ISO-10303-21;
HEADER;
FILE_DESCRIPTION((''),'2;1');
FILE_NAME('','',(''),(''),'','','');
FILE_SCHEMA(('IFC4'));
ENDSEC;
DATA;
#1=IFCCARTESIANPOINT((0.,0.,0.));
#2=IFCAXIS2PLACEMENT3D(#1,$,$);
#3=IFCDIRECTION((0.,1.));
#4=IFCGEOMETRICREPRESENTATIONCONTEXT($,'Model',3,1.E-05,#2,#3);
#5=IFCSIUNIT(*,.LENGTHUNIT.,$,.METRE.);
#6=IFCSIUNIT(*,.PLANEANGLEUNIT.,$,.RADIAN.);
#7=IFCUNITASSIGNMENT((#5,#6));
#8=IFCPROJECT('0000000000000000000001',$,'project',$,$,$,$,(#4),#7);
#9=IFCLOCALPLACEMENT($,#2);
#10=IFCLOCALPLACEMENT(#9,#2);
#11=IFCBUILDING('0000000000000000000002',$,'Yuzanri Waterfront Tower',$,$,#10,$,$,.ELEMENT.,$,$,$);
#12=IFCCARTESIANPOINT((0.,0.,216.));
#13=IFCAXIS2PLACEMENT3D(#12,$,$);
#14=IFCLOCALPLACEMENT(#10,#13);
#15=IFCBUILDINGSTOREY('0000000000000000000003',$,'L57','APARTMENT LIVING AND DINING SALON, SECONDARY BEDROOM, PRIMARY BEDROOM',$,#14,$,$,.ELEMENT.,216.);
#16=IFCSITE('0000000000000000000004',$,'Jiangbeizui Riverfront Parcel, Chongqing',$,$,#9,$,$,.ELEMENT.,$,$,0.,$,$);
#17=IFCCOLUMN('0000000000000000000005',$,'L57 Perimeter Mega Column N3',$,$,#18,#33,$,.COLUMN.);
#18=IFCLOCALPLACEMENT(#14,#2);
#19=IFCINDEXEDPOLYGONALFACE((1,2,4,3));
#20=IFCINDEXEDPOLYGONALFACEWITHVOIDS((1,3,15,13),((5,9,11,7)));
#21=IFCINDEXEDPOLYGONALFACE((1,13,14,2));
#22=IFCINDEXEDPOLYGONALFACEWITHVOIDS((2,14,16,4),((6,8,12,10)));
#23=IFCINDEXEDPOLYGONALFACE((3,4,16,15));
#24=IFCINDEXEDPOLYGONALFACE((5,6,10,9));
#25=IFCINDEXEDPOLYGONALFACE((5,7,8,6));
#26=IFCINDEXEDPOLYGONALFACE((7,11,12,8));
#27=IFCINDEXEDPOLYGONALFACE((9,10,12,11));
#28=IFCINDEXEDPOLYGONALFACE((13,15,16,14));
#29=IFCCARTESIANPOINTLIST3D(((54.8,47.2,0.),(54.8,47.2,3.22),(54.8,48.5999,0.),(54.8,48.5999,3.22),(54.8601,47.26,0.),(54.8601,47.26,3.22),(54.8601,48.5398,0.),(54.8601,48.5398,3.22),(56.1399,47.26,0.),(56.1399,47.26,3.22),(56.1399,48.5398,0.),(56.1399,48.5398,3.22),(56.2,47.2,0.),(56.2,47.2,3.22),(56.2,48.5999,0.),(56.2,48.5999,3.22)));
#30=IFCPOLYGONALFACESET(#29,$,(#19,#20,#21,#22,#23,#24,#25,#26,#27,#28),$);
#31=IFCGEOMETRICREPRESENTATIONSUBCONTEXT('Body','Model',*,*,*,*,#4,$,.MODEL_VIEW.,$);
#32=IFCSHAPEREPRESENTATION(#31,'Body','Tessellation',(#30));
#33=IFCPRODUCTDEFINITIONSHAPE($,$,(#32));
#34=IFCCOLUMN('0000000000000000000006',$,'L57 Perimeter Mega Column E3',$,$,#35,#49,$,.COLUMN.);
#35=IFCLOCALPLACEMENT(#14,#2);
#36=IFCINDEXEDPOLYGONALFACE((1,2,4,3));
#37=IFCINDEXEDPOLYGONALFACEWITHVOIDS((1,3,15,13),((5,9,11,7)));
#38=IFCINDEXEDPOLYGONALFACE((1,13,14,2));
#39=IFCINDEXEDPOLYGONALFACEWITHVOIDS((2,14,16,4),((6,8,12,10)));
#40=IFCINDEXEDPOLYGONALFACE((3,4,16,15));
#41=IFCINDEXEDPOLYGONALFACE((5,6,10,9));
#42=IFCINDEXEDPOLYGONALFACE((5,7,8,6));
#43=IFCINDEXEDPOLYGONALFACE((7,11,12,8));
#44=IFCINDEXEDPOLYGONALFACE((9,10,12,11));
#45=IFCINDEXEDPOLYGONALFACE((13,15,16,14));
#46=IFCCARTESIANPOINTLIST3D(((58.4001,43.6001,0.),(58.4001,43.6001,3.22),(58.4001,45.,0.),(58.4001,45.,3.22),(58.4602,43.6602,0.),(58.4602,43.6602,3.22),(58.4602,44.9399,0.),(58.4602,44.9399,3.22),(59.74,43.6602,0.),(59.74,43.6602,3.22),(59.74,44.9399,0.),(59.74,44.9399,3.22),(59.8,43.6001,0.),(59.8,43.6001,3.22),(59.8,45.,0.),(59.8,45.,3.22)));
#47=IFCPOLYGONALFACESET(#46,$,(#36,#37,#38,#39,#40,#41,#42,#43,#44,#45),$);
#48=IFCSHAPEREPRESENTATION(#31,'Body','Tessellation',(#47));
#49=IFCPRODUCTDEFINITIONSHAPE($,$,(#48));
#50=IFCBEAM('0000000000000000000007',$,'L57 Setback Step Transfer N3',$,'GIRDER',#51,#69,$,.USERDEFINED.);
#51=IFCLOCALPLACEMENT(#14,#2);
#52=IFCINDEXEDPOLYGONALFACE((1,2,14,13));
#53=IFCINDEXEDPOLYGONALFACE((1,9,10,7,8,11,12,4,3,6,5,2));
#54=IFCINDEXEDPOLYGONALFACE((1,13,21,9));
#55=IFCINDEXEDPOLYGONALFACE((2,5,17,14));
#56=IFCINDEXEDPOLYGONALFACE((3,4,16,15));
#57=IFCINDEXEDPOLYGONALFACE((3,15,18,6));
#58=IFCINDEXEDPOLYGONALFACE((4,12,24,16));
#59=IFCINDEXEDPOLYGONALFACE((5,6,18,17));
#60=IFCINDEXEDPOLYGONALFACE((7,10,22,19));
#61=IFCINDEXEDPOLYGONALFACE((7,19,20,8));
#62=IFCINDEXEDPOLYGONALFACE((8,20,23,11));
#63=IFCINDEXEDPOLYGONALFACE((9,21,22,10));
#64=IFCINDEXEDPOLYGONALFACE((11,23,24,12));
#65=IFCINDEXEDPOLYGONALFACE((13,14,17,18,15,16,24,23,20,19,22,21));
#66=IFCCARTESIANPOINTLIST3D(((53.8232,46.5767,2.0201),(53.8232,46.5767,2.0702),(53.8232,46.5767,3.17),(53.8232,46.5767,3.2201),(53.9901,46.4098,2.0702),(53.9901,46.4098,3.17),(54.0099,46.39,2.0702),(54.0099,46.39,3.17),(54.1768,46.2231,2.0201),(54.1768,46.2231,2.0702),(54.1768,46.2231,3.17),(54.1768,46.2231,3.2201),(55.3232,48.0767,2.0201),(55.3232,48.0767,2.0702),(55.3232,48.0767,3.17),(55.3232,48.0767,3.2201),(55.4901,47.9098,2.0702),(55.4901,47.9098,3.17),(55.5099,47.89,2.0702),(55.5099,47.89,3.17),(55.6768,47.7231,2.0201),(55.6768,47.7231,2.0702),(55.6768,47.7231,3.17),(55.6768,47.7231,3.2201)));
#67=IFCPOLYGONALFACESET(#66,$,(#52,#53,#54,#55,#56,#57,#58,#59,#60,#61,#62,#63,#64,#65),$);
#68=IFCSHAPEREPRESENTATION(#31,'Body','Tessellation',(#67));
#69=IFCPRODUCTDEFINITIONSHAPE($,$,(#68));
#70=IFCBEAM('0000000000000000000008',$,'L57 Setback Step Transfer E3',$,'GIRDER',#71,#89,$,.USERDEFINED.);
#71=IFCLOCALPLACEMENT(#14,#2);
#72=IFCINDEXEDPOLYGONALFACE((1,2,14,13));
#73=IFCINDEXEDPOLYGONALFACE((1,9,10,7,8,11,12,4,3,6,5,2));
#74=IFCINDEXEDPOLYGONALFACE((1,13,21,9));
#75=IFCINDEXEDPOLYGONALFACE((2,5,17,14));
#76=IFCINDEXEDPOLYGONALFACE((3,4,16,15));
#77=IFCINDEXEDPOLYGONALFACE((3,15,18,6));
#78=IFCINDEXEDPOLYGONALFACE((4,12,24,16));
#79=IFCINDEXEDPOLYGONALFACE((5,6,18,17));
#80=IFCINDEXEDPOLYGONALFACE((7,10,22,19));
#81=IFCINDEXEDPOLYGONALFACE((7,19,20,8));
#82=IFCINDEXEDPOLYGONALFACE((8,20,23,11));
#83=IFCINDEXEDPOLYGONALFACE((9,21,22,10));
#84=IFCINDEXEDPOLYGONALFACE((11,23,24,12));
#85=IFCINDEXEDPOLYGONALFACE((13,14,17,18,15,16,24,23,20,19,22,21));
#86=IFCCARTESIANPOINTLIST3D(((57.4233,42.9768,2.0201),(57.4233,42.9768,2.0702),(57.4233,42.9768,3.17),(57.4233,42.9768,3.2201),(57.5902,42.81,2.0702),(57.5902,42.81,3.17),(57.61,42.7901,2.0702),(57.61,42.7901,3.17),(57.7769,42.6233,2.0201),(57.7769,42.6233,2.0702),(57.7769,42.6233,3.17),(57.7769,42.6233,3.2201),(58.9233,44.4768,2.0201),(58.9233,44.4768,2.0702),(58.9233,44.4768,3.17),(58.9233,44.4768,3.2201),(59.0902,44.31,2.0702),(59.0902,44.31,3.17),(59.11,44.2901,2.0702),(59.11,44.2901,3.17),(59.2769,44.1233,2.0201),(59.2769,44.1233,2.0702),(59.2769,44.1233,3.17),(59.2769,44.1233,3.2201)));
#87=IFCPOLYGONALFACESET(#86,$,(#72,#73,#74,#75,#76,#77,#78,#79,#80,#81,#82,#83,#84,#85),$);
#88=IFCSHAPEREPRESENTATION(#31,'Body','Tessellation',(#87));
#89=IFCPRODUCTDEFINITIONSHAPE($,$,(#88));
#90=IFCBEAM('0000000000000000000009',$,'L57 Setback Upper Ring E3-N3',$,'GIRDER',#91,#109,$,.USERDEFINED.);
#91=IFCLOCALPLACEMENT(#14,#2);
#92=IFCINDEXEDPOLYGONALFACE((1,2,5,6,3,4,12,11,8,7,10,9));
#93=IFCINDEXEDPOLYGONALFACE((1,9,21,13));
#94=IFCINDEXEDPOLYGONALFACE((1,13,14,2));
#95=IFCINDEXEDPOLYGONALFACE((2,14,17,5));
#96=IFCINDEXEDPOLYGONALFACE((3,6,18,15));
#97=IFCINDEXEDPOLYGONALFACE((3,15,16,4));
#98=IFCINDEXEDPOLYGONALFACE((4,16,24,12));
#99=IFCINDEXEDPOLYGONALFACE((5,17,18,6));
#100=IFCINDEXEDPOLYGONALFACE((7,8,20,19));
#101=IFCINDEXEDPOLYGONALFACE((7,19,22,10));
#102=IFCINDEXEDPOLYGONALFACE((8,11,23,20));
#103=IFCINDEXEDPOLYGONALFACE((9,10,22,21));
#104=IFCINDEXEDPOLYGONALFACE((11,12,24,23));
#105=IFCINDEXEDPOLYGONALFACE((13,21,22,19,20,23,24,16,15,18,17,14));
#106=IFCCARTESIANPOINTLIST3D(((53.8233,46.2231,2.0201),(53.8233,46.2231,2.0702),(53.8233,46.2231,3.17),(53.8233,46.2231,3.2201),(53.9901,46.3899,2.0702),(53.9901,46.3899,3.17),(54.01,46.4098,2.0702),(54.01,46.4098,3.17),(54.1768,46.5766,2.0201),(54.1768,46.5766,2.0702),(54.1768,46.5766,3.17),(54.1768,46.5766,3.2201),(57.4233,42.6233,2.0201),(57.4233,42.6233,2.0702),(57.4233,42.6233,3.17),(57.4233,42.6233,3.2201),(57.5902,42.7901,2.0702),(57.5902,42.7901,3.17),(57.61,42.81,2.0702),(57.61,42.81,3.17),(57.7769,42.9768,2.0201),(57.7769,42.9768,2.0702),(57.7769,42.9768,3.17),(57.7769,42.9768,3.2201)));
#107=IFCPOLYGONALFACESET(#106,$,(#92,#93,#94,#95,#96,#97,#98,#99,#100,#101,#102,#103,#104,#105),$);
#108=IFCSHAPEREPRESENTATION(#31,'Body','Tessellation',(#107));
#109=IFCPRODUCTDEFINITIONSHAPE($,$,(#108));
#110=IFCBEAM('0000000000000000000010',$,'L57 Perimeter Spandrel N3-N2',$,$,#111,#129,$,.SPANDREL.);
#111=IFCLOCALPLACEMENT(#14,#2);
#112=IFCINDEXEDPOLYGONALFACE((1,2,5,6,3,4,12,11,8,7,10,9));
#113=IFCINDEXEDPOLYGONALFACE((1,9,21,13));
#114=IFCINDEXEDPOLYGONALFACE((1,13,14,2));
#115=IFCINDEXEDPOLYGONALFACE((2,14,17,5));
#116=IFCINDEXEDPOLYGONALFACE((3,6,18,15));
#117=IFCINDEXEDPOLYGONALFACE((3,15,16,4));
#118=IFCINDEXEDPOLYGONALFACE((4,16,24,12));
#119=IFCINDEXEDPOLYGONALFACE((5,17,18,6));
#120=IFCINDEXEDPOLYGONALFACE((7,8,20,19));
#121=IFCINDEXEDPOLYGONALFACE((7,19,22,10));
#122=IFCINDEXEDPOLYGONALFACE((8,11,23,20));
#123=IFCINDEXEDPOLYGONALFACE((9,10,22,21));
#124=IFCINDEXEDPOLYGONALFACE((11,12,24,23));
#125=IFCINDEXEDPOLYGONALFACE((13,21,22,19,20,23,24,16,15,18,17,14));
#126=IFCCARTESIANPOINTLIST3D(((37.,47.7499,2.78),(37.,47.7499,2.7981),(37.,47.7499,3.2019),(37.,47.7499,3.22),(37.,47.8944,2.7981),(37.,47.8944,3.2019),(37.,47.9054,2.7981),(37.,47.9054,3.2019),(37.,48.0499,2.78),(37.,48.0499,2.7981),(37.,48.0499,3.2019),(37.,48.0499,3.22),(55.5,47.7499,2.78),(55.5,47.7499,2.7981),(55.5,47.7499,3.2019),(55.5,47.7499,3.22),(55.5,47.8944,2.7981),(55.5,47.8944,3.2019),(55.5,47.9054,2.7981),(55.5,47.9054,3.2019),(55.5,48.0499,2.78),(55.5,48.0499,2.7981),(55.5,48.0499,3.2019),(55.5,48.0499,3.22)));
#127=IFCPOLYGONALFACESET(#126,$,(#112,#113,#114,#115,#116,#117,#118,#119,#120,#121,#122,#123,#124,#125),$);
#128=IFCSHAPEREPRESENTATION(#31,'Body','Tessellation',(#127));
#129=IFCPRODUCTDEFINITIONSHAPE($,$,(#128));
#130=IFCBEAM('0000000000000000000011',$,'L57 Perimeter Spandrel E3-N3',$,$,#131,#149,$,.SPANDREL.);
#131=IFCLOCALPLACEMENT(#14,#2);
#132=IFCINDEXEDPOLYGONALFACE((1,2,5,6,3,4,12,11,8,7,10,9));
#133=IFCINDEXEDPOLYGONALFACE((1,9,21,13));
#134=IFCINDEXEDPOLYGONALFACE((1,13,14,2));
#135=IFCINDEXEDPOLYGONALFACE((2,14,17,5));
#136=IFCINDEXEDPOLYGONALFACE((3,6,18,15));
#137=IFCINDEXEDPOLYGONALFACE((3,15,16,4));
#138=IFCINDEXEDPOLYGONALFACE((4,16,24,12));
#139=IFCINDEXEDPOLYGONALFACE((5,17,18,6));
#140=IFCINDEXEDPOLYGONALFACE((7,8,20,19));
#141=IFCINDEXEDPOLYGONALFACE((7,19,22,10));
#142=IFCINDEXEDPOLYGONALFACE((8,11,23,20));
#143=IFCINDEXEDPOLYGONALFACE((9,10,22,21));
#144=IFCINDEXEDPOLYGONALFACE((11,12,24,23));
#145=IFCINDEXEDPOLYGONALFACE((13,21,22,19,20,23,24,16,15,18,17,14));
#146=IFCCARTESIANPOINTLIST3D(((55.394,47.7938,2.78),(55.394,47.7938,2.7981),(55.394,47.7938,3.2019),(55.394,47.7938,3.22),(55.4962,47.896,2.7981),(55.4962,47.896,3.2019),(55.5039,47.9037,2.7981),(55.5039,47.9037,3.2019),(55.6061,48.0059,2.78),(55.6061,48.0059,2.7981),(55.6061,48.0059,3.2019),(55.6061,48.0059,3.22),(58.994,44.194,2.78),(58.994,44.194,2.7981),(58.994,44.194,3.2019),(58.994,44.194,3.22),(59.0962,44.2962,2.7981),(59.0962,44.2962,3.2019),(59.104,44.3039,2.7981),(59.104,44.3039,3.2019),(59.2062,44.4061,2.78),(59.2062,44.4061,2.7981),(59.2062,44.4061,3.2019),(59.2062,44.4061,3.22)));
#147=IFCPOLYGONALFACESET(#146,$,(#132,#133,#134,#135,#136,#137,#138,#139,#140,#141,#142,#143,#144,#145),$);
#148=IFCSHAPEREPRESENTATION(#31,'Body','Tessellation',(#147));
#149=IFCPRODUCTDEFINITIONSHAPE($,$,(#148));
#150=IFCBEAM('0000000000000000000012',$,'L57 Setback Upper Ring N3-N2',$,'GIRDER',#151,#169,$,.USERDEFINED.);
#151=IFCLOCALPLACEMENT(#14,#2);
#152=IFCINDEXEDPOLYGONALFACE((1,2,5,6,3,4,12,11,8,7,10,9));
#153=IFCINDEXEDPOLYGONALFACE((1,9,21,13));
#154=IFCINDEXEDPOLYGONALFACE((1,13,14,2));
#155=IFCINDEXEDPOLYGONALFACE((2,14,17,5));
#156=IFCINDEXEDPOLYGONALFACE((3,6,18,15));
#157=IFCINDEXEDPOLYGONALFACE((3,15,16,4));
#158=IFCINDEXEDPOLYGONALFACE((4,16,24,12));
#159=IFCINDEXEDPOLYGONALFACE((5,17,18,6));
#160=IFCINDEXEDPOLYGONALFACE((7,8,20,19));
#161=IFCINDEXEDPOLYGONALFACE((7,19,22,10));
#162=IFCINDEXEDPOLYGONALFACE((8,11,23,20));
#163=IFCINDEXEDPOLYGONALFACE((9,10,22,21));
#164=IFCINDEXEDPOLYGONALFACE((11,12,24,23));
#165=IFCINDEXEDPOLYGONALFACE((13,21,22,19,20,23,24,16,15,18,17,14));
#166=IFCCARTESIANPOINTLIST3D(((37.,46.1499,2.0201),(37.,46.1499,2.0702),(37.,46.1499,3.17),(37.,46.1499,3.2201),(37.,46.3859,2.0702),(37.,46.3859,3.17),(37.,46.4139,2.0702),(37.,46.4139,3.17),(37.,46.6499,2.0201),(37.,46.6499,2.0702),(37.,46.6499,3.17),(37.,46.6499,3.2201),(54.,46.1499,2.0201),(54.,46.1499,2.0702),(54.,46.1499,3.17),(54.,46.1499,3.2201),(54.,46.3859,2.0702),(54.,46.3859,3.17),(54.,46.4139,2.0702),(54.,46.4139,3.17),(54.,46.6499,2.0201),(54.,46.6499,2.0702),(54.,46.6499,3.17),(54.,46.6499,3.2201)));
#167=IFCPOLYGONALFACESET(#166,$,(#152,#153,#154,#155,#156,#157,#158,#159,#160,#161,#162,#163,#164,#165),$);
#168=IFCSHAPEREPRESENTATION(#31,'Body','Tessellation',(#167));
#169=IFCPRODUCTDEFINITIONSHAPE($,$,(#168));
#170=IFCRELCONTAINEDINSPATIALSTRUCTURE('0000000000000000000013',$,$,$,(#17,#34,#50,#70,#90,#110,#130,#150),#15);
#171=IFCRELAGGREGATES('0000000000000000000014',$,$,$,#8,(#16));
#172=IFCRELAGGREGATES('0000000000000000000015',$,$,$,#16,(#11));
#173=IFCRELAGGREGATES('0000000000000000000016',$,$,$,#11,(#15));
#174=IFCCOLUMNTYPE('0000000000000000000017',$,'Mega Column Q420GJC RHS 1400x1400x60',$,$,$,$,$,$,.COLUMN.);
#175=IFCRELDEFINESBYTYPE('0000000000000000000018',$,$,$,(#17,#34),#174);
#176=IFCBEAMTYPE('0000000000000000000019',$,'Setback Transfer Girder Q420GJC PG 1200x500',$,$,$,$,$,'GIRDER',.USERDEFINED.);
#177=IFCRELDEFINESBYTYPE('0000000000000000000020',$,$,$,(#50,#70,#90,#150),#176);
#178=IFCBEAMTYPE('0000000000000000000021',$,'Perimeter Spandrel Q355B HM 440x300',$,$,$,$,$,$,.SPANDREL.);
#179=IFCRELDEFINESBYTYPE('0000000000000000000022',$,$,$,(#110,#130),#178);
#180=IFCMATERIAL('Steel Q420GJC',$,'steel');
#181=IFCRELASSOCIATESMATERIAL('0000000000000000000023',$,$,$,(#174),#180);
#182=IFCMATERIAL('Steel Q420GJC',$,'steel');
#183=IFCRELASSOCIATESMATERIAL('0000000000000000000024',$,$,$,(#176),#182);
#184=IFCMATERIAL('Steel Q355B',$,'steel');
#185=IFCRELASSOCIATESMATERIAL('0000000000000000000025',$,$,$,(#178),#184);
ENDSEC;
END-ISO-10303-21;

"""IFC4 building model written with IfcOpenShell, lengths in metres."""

from ifc_helpers import new_model, si_unit, direction, frame, origin, origin_2d, place, context, subcontext, project, spatial, hollow_rectangle, i_section, extrude, source, transform, mapped, material, material_profile, profile_set, type_object, element, save


model = new_model("IFC4")

# Units and contexts
model_context = context("Model", 3, precision=1e-05, world=origin(), true_north=direction((0.0, 1.0)))
body_context = subcontext(model_context, "Body", "Model", "MODEL_VIEW")
ifc_project = project(units=[si_unit("LENGTHUNIT", "METRE"), si_unit("PLANEANGLEUNIT", "RADIAN")], contexts=[model_context])

# Site, building, storey
site_placement = place(None, origin())
site = spatial("IfcSite", under=ifc_project, at=site_placement, Name="Jiangbeizui Riverfront Parcel, Chongqing", CompositionType="ELEMENT", RefElevation=0.0)
building_placement = place(site_placement, origin())
building = spatial("IfcBuilding", under=site, at=building_placement, Name="Yuzanri Waterfront Tower", CompositionType="ELEMENT")
storey_placement = place(building_placement, frame((0.0, 0.0, 216.0)))
storey = spatial("IfcBuildingStorey", under=building, at=storey_placement, Name="L57", Description="APARTMENT LIVING AND DINING SALON, SECONDARY BEDROOM, PRIMARY BEDROOM", CompositionType="ELEMENT", Elevation=216.0)

# Columns
ifc_material_1 = material(Name="Steel Q420GJC", Category="steel")
ifc_material_profile_1 = material_profile(ifc_material_1, hollow_rectangle(XDim=1.3999, YDim=1.3999, WallThickness=0.0601, at=origin_2d()), Name="RHS 1400x1400x60")
ifc_profile_set_1 = profile_set([ifc_material_profile_1], Name="Steel Q420GJC")
column_type = type_object("IfcColumnType", Name="Mega Column Q420GJC RHS 1400x1400x60", PredefinedType="COLUMN", material=ifc_profile_set_1)
shared_shape_1 = source(origin(), body_context, "Body", "SweptSolid", [
    extrude(hollow_rectangle(XDim=1.3999, YDim=1.3999, WallThickness=0.0601, at=origin_2d()), origin(), (0.0, 0.0, 1.0), 3.22),
])
for number, where, z_axis, x_axis, name in (
    (1, (55.5, 47.8999, 0.0), (0.0, 0.0, 1.0), (1.0, 0.0, 0.0), "L57 Perimeter Mega Column N3"),
    (2, (59.1001, 44.3, 0.0), (0.0, 0.0, 1.0), (1.0, 0.0, 0.0), "L57 Perimeter Mega Column E3"),
):
    element("IfcColumn", number, at=place(storey_placement, frame(where, z_axis=z_axis, x_axis=x_axis)), inside=storey, type_object=column_type, Name=name, PredefinedType="COLUMN", context=body_context, shape_type="MappedRepresentation", body=[
        mapped(shared_shape_1, transform((0.0, 0.0, 0.0), scale=1.0)),
    ])

# Beams
ifc_material_2 = material(Name="Steel Q420GJC", Category="steel")
ifc_material_profile_2 = material_profile(ifc_material_2, i_section(OverallWidth=0.5, OverallDepth=1.2, WebThickness=0.0281, FlangeThickness=0.05, at=origin_2d()), Name="PG 1200x500x28x50")
ifc_profile_set_2 = profile_set([ifc_material_profile_2], Name="Steel Q420GJC")
beam_type_1 = type_object("IfcBeamType", Name="Setback Transfer Girder Q420GJC PG 1200x500", ElementType="GIRDER", PredefinedType="USERDEFINED", material=ifc_profile_set_2)
shared_shape_2 = source(origin(), body_context, "Body", "SweptSolid", [
    extrude(i_section(OverallWidth=0.5, OverallDepth=1.2, WebThickness=0.0281, FlangeThickness=0.05, at=origin_2d()), origin(), (0.0, 0.0, 1.0), 2.1213),
])
for number, where, z_axis, x_axis, name in (
    (3, (54.0, 46.3999, 2.6201), (0.707107, 0.707107, 0.0), (-0.707107, 0.707107, 0.0), "L57 Setback Step Transfer N3"),
    (4, (57.6001, 42.8, 2.6201), (0.707107, 0.707107, 0.0), (-0.707107, 0.707107, 0.0), "L57 Setback Step Transfer E3"),
):
    element("IfcBeam", number, at=place(storey_placement, frame(where, z_axis=z_axis, x_axis=x_axis)), inside=storey, type_object=beam_type_1, Name=name, ObjectType="GIRDER", PredefinedType="USERDEFINED", context=body_context, shape_type="MappedRepresentation", body=[
        mapped(shared_shape_2, transform((0.0, 0.0, 0.0), scale=1.0)),
    ])
shared_shape_3 = source(origin(), body_context, "Body", "SweptSolid", [
    extrude(i_section(OverallWidth=0.5, OverallDepth=1.2, WebThickness=0.0281, FlangeThickness=0.05, at=origin_2d()), origin(), (0.0, 0.0, 1.0), 5.0911),
])
beam_1_placement = place(storey_placement, frame((57.6001, 42.8, 2.6201), z_axis=(-0.707131, 0.707083, 0.0), x_axis=(-0.707083, -0.707131, 0.0)))
element("IfcBeam", 5, at=beam_1_placement, inside=storey, type_object=beam_type_1, Name="L57 Setback Upper Ring E3-N3", ObjectType="GIRDER", PredefinedType="USERDEFINED", context=body_context, shape_type="MappedRepresentation", body=[
    mapped(shared_shape_3, transform((0.0, 0.0, 0.0), scale=1.0)),
])
ifc_material_3 = material(Name="Steel Q355B", Category="steel")
ifc_material_profile_3 = material_profile(ifc_material_3, i_section(OverallWidth=0.3, OverallDepth=0.4399, WebThickness=0.011, FlangeThickness=0.0181, at=origin_2d()), Name="HM 440x300x11x18")
ifc_profile_set_3 = profile_set([ifc_material_profile_3], Name="Steel Q355B")
beam_type_2 = type_object("IfcBeamType", Name="Perimeter Spandrel Q355B HM 440x300", PredefinedType="SPANDREL", material=ifc_profile_set_3)
shared_shape_4 = source(origin(), body_context, "Body", "SweptSolid", [
    extrude(i_section(OverallWidth=0.3, OverallDepth=0.4399, WebThickness=0.011, FlangeThickness=0.0181, at=origin_2d()), origin(), (0.0, 0.0, 1.0), 18.5),
])
beam_2_placement = place(storey_placement, frame((55.5, 47.8999, 3.0), z_axis=(-1.0, 0.0, 0.0), x_axis=(0.0, -1.0, 0.0)))
element("IfcBeam", 6, at=beam_2_placement, inside=storey, type_object=beam_type_2, Name="L57 Perimeter Spandrel N3-N2", PredefinedType="SPANDREL", context=body_context, shape_type="MappedRepresentation", body=[
    mapped(shared_shape_4, transform((0.0, 0.0, 0.0), scale=1.0)),
])
shared_shape_5 = source(origin(), body_context, "Body", "SweptSolid", [
    extrude(i_section(OverallWidth=0.3, OverallDepth=0.4399, WebThickness=0.011, FlangeThickness=0.0181, at=origin_2d()), origin(), (0.0, 0.0, 1.0), 5.0911),
])
beam_3_placement = place(storey_placement, frame((59.1001, 44.3, 3.0), z_axis=(-0.707131, 0.707083, 0.0), x_axis=(-0.707083, -0.707131, 0.0)))
element("IfcBeam", 7, at=beam_3_placement, inside=storey, type_object=beam_type_2, Name="L57 Perimeter Spandrel E3-N3", PredefinedType="SPANDREL", context=body_context, shape_type="MappedRepresentation", body=[
    mapped(shared_shape_5, transform((0.0, 0.0, 0.0), scale=1.0)),
])
shared_shape_6 = source(origin(), body_context, "Body", "SweptSolid", [
    extrude(i_section(OverallWidth=0.5, OverallDepth=1.2, WebThickness=0.0281, FlangeThickness=0.05, at=origin_2d()), origin(), (0.0, 0.0, 1.0), 17.0),
])
beam_4_placement = place(storey_placement, frame((54.0, 46.3999, 2.6201), z_axis=(-1.0, 0.0, 0.0), x_axis=(0.0, -1.0, 0.0)))
element("IfcBeam", 8, at=beam_4_placement, inside=storey, type_object=beam_type_1, Name="L57 Setback Upper Ring N3-N2", ObjectType="GIRDER", PredefinedType="USERDEFINED", context=body_context, shape_type="MappedRepresentation", body=[
    mapped(shared_shape_6, transform((0.0, 0.0, 0.0), scale=1.0)),
])

save(model, "model.ifc")
